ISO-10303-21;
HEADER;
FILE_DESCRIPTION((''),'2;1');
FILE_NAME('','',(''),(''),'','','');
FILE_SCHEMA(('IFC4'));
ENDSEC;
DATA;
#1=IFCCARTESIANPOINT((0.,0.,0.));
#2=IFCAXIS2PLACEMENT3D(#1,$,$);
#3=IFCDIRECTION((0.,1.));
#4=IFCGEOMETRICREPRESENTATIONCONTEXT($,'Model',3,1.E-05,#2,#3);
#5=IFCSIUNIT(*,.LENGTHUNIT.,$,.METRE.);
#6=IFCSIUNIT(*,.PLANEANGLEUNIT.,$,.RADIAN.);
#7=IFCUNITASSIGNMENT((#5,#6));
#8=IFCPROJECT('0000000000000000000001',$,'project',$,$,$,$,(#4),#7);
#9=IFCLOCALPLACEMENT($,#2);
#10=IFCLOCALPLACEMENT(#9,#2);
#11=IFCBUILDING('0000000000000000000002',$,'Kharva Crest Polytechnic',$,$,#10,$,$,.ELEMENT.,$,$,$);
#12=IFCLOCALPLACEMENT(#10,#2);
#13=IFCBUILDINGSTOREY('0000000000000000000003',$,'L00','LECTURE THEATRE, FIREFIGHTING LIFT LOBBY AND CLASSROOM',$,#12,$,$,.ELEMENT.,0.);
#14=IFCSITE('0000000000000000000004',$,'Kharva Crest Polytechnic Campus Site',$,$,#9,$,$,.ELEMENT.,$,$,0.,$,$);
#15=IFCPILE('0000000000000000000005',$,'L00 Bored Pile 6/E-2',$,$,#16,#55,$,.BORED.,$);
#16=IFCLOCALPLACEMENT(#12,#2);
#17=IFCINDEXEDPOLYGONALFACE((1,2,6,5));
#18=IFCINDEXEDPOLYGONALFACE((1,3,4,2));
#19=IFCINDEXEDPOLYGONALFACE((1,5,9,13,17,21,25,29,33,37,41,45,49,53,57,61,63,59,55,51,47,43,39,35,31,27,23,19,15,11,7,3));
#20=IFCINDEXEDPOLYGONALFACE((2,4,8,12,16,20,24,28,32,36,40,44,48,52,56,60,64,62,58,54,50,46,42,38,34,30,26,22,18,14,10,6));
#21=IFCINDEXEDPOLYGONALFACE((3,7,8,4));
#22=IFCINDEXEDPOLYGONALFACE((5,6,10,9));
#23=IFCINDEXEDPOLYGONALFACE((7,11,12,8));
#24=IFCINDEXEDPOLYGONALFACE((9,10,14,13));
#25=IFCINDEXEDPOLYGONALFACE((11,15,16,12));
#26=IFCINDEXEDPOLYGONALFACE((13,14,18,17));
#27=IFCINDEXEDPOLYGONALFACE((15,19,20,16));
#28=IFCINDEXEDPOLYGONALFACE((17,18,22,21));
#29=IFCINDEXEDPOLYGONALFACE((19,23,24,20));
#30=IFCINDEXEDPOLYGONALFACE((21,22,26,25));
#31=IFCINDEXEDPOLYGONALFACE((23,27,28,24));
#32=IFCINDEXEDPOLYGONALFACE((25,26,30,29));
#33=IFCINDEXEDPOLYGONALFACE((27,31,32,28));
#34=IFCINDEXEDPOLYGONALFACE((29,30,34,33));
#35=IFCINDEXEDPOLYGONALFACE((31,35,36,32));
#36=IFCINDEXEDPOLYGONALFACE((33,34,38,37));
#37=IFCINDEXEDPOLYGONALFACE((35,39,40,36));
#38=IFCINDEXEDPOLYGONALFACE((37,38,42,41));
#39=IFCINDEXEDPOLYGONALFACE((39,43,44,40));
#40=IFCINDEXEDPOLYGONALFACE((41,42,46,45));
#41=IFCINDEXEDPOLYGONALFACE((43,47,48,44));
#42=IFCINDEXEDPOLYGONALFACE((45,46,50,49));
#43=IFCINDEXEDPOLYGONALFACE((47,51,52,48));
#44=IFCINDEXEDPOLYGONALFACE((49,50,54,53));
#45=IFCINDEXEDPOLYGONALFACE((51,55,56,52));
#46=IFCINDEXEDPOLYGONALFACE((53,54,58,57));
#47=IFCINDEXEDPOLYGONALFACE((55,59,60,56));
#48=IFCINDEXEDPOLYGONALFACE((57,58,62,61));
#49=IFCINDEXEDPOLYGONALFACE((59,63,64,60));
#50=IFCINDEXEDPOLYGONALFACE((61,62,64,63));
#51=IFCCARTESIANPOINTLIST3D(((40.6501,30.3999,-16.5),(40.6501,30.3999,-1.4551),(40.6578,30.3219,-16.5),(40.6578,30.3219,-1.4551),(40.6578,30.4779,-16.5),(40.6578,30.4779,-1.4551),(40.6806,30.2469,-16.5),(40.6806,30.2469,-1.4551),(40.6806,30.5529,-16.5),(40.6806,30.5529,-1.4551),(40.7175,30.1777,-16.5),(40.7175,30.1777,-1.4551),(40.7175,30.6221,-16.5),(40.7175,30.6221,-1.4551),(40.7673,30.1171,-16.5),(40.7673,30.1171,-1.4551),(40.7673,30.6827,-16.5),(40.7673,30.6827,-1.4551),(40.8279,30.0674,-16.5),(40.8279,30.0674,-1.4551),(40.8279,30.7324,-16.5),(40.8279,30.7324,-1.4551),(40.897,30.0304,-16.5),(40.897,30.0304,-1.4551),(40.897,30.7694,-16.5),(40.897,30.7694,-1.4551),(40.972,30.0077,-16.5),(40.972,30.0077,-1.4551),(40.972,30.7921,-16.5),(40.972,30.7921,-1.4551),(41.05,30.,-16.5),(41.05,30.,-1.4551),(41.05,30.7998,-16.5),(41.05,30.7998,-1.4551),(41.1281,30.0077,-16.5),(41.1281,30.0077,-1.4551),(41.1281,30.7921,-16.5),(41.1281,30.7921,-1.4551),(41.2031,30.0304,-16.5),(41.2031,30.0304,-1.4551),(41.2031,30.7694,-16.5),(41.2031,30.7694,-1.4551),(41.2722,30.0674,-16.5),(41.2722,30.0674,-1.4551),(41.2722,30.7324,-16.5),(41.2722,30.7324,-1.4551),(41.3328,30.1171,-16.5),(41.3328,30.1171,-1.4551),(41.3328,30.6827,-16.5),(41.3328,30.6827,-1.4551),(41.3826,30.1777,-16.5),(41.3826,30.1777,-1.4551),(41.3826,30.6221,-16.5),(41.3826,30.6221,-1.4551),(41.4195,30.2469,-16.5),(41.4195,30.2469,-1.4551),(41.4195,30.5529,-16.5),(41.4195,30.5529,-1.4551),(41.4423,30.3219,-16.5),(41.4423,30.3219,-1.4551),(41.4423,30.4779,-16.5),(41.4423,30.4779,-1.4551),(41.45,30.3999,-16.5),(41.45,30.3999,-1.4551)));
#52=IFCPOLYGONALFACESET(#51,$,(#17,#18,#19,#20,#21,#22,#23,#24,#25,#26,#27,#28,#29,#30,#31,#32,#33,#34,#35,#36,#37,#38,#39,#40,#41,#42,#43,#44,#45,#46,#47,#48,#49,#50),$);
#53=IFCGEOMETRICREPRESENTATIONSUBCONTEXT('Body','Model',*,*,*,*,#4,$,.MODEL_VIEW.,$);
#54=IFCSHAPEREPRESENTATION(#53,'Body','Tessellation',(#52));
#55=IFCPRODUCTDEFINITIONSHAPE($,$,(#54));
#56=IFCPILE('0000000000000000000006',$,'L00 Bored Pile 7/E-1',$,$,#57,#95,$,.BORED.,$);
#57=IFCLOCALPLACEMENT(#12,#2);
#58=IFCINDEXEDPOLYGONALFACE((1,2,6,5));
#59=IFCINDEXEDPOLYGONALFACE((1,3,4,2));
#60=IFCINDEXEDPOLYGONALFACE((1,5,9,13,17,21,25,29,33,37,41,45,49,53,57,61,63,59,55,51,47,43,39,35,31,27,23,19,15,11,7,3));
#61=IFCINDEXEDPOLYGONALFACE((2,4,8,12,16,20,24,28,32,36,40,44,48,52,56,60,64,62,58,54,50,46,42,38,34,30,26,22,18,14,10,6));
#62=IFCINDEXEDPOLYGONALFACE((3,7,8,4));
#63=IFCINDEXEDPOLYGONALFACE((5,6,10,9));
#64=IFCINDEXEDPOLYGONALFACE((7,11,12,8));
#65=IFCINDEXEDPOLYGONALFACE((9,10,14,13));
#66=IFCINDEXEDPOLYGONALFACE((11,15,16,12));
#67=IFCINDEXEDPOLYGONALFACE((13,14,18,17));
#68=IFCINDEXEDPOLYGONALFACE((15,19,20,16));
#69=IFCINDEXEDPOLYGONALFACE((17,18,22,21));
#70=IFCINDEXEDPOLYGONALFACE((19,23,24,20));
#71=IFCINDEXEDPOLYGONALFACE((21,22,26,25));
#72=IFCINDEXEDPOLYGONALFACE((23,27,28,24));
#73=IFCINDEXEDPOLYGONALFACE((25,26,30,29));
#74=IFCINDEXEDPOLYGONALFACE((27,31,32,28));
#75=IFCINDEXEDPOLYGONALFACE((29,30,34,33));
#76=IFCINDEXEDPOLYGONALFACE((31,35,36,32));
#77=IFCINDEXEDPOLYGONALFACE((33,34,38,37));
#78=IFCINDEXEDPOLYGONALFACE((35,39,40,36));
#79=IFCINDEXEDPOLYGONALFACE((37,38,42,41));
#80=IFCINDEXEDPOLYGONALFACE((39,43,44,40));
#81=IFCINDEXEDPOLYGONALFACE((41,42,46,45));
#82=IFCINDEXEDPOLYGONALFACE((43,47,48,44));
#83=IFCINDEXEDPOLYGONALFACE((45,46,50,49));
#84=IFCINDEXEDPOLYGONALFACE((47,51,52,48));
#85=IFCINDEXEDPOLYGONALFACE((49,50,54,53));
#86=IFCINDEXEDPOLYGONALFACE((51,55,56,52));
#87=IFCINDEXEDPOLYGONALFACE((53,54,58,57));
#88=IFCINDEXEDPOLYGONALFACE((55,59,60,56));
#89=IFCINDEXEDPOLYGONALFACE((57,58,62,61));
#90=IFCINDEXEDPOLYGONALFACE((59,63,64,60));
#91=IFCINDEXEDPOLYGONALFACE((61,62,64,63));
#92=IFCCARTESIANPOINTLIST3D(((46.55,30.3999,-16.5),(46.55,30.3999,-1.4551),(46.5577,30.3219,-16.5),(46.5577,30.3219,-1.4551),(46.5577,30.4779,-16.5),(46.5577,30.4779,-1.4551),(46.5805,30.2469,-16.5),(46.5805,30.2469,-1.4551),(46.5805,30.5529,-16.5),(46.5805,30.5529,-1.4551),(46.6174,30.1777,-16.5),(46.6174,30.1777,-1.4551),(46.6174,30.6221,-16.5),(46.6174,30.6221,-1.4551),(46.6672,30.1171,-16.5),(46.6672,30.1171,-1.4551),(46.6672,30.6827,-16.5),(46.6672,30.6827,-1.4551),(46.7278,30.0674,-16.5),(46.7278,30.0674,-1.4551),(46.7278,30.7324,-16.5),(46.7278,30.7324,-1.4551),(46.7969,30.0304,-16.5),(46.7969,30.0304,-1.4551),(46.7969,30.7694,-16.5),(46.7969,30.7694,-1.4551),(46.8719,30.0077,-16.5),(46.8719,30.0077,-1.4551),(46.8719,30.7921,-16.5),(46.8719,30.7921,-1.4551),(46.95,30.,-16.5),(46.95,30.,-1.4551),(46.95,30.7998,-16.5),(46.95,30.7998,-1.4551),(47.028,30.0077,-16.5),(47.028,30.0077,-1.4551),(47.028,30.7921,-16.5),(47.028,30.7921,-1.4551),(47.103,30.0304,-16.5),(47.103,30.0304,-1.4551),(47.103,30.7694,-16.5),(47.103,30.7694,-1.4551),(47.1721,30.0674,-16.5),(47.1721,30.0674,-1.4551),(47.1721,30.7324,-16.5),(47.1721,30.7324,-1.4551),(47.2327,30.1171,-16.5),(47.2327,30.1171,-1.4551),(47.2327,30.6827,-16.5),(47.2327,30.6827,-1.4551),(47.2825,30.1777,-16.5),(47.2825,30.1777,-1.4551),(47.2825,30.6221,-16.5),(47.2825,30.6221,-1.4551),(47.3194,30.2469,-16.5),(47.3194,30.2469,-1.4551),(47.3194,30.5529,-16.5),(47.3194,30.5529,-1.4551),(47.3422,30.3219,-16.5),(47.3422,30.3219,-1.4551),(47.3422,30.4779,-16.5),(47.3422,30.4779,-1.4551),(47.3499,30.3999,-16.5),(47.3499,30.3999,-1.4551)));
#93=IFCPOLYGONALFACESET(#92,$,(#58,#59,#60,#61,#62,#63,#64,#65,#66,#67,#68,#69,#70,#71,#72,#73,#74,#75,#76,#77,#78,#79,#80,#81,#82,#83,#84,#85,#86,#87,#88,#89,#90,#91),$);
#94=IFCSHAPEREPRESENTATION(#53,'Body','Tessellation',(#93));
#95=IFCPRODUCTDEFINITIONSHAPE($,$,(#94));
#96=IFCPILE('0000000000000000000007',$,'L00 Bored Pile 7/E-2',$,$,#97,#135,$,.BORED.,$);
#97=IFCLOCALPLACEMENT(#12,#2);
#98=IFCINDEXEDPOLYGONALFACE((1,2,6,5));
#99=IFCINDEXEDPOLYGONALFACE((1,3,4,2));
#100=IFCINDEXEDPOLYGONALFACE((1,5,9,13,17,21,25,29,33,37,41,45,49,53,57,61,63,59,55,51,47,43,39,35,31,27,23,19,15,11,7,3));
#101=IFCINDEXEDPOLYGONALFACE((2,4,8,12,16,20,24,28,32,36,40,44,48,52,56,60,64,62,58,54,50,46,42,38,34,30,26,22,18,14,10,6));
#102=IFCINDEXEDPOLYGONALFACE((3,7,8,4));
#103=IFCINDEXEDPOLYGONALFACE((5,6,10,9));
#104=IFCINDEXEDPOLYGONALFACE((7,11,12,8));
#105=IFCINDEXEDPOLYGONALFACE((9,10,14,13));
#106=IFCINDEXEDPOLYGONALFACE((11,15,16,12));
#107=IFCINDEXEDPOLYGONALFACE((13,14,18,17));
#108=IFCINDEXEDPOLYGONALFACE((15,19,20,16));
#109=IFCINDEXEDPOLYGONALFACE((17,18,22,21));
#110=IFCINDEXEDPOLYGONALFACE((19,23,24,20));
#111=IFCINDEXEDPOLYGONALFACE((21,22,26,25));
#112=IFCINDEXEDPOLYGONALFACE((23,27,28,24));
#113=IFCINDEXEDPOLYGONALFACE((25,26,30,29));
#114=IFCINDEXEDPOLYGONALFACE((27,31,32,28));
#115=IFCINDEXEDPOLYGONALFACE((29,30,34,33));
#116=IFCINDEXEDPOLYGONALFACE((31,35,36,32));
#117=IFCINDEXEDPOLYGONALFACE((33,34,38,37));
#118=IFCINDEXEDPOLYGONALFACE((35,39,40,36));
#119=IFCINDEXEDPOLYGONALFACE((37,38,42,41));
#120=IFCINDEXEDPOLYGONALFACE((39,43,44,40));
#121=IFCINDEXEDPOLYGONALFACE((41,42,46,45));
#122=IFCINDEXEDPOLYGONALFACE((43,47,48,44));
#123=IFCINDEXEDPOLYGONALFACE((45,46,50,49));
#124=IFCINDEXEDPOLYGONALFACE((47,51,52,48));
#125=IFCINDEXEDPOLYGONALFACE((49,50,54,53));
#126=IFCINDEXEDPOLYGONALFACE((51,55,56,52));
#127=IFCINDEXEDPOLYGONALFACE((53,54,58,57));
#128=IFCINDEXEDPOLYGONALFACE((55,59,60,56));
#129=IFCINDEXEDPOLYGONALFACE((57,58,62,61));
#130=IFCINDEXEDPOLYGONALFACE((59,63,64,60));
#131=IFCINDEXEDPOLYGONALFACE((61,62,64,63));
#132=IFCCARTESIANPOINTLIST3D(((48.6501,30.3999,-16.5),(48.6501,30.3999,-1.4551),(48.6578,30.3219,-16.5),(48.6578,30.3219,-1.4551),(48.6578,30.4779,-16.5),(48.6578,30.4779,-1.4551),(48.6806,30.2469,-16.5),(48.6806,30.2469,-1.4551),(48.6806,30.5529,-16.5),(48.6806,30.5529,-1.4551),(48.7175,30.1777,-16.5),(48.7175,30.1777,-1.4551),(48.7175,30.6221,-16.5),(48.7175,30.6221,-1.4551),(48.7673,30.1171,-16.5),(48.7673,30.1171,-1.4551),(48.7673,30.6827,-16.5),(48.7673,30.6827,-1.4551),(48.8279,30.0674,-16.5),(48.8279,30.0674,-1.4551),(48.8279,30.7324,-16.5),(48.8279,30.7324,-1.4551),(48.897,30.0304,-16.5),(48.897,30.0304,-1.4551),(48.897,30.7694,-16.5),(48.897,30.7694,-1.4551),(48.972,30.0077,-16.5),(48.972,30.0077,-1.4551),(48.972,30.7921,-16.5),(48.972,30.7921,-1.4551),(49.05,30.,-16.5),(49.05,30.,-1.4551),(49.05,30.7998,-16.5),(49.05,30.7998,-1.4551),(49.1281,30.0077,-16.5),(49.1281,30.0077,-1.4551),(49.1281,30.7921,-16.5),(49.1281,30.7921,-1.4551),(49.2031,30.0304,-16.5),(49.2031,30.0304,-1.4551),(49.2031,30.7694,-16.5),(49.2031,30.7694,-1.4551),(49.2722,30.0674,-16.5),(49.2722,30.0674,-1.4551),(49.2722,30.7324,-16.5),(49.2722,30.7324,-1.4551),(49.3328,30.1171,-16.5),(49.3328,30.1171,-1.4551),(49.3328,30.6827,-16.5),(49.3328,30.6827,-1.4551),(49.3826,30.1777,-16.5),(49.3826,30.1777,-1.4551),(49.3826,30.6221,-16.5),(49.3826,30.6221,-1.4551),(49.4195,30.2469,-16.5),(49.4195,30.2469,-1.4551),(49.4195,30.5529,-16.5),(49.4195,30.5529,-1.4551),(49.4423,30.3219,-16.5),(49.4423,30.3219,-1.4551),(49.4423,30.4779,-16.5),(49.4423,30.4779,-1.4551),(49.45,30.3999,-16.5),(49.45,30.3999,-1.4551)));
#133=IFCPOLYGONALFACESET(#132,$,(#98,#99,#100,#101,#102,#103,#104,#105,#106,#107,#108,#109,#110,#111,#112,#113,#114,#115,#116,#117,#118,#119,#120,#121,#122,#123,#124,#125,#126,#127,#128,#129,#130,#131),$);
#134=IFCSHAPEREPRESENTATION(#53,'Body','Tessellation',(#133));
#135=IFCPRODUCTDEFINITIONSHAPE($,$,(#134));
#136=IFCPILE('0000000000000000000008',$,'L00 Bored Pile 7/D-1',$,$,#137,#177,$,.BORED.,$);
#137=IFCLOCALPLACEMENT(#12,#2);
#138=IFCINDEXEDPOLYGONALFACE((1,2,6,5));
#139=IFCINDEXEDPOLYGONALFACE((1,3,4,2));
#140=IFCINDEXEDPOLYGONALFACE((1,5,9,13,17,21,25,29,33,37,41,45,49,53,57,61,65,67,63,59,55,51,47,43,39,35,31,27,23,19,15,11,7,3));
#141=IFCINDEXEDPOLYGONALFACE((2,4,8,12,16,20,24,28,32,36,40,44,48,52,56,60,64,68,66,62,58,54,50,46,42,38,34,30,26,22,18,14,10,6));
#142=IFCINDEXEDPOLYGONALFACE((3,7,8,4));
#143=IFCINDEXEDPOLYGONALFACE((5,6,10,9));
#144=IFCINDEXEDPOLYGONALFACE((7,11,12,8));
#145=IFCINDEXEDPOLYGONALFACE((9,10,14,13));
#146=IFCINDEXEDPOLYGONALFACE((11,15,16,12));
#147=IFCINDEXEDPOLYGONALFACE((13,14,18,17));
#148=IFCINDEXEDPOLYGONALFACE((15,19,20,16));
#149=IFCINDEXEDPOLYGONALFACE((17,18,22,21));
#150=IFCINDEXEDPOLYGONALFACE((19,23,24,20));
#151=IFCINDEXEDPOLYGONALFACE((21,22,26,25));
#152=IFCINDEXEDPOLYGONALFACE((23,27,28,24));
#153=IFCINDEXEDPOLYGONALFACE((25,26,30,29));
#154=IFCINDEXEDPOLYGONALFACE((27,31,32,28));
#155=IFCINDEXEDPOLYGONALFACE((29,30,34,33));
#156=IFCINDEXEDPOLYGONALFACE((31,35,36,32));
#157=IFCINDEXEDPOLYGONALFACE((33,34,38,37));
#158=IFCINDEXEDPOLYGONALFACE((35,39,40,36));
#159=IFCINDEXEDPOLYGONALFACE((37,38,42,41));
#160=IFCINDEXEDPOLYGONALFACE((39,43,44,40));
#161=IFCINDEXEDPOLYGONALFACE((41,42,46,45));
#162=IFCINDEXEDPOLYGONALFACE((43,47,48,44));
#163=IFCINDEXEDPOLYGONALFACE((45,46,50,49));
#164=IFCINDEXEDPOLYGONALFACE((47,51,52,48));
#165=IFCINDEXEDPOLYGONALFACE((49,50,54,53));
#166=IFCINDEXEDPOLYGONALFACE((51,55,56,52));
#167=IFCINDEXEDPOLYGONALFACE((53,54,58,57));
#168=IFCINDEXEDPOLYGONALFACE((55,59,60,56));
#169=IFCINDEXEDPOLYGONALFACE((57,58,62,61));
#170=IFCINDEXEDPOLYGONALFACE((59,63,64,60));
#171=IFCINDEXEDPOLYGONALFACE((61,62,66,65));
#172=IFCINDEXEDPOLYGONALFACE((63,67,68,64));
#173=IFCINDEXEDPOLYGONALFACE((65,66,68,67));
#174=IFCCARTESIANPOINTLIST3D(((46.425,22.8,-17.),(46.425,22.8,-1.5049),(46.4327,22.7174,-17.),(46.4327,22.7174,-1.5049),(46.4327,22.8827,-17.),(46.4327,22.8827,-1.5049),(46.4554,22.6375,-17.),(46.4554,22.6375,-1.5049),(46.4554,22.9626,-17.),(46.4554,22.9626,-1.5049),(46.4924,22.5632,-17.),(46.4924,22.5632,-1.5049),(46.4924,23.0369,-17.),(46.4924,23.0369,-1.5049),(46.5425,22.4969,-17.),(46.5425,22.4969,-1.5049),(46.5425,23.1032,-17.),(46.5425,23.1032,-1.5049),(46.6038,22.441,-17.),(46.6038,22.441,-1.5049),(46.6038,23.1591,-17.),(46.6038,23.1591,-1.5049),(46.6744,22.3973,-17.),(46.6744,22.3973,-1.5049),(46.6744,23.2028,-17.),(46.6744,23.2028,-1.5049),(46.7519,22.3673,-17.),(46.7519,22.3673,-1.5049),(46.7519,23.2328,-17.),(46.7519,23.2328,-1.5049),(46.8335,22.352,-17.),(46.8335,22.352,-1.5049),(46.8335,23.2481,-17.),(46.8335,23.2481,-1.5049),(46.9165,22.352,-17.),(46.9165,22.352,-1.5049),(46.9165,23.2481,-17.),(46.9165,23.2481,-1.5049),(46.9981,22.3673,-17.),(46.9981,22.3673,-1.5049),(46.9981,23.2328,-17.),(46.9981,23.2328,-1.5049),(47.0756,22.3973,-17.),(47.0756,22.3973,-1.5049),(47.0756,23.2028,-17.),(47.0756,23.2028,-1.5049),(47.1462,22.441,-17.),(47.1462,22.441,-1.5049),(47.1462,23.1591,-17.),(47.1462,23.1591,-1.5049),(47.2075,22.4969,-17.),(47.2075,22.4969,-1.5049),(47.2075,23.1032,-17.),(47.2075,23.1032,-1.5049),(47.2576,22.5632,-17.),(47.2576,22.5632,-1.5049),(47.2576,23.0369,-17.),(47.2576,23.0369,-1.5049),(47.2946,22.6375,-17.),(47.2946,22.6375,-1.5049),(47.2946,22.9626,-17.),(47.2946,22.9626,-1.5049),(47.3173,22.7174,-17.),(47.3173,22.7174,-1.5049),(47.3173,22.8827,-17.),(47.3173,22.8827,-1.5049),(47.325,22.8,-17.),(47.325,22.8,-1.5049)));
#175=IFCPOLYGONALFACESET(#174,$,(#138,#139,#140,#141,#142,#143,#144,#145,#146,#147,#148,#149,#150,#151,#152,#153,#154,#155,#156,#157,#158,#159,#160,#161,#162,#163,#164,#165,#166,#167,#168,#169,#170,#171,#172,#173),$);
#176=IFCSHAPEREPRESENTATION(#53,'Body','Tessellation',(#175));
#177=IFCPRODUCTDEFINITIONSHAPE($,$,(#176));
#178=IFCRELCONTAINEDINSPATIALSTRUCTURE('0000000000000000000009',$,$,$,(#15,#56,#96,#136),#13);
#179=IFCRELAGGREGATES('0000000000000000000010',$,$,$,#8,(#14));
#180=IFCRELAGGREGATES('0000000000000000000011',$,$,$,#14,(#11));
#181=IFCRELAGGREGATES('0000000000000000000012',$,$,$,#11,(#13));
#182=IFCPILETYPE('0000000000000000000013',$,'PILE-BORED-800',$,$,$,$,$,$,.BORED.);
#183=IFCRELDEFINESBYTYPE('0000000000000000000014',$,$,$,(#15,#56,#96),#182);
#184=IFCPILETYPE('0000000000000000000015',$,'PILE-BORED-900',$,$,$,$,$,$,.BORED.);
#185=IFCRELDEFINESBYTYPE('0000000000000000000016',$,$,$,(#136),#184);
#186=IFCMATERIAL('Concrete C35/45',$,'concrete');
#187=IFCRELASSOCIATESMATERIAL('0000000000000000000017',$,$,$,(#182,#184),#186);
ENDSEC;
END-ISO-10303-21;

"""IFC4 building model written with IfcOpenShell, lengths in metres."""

from ifc_helpers import new_model, si_unit, direction, frame, origin, origin_2d, place, context, subcontext, project, spatial, circle, extrude, material, material_profile, profile_set, type_object, element, save


model = new_model("IFC4")

# Units and contexts
model_context = context("Model", 3, precision=1e-05, world=origin(), true_north=direction((0.0, 1.0)))
body_context = subcontext(model_context, "Body", "Model", "MODEL_VIEW")
ifc_project = project(units=[si_unit("LENGTHUNIT", "METRE"), si_unit("PLANEANGLEUNIT", "RADIAN")], contexts=[model_context])

# Site, building, storey
site_placement = place(None, origin())
site = spatial("IfcSite", under=ifc_project, at=site_placement, Name="Kharva Crest Polytechnic Campus Site", CompositionType="ELEMENT", RefElevation=0.0)
building_placement = place(site_placement, origin())
building = spatial("IfcBuilding", under=site, at=building_placement, Name="Kharva Crest Polytechnic", CompositionType="ELEMENT")
storey_placement = place(building_placement, origin())
storey = spatial("IfcBuildingStorey", under=building, at=storey_placement, Name="L00", Description="LECTURE THEATRE, FIREFIGHTING LIFT LOBBY AND CLASSROOM", CompositionType="ELEMENT", Elevation=0.0)

# Shared definitions
ifc_material_1 = material(Name="Concrete C35/45", Category="concrete")

# Piles
ifc_material_profile_1 = material_profile(ifc_material_1, circle(Radius=0.3999, at=origin_2d()), Name="DIA 800")
ifc_profile_set_1 = profile_set([ifc_material_profile_1], Name="Concrete C35/45")
pile_type_1 = type_object("IfcPileType", Name="PILE-BORED-800", PredefinedType="BORED", material=ifc_profile_set_1)
for number, where, z_axis, x_axis, name in (
    (1, (41.05, 30.3999, -1.4551), (0.0, 0.0, -1.0), (1.0, 0.0, 0.0), "L00 Bored Pile 6/E-2"),
    (2, (46.95, 30.3999, -1.4551), (0.0, 0.0, -1.0), (1.0, 0.0, 0.0), "L00 Bored Pile 7/E-1"),
    (3, (49.05, 30.3999, -1.4551), (0.0, 0.0, -1.0), (1.0, 0.0, 0.0), "L00 Bored Pile 7/E-2"),
):
    element("IfcPile", number, at=place(storey_placement, frame(where, z_axis=z_axis, x_axis=x_axis)), inside=storey, type_object=pile_type_1, Name=name, PredefinedType="BORED", context=body_context, shape_type="SweptSolid", body=[
        extrude(circle(Radius=0.3999, at=origin_2d()), origin(), (0.0, 0.0, 1.0), 15.0449),
    ])
ifc_material_profile_2 = material_profile(ifc_material_1, circle(Radius=0.45, at=origin_2d()), Name="DIA 900")
ifc_profile_set_2 = profile_set([ifc_material_profile_2], Name="Concrete C35/45")
pile_type_2 = type_object("IfcPileType", Name="PILE-BORED-900", PredefinedType="BORED", material=ifc_profile_set_2)
for number, where, z_axis, x_axis, name in (
    (4, (46.875, 22.8, -1.5049), (0.0, 0.0, -1.0), (1.0, 0.0, 0.0), "L00 Bored Pile 7/D-1"),
):
    element("IfcPile", number, at=place(storey_placement, frame(where, z_axis=z_axis, x_axis=x_axis)), inside=storey, type_object=pile_type_2, Name=name, PredefinedType="BORED", context=body_context, shape_type="SweptSolid", body=[
        extrude(circle(Radius=0.45, at=origin_2d()), origin(), (0.0, 0.0, 1.0), 15.4951),
    ])

save(model, "model.ifc")
